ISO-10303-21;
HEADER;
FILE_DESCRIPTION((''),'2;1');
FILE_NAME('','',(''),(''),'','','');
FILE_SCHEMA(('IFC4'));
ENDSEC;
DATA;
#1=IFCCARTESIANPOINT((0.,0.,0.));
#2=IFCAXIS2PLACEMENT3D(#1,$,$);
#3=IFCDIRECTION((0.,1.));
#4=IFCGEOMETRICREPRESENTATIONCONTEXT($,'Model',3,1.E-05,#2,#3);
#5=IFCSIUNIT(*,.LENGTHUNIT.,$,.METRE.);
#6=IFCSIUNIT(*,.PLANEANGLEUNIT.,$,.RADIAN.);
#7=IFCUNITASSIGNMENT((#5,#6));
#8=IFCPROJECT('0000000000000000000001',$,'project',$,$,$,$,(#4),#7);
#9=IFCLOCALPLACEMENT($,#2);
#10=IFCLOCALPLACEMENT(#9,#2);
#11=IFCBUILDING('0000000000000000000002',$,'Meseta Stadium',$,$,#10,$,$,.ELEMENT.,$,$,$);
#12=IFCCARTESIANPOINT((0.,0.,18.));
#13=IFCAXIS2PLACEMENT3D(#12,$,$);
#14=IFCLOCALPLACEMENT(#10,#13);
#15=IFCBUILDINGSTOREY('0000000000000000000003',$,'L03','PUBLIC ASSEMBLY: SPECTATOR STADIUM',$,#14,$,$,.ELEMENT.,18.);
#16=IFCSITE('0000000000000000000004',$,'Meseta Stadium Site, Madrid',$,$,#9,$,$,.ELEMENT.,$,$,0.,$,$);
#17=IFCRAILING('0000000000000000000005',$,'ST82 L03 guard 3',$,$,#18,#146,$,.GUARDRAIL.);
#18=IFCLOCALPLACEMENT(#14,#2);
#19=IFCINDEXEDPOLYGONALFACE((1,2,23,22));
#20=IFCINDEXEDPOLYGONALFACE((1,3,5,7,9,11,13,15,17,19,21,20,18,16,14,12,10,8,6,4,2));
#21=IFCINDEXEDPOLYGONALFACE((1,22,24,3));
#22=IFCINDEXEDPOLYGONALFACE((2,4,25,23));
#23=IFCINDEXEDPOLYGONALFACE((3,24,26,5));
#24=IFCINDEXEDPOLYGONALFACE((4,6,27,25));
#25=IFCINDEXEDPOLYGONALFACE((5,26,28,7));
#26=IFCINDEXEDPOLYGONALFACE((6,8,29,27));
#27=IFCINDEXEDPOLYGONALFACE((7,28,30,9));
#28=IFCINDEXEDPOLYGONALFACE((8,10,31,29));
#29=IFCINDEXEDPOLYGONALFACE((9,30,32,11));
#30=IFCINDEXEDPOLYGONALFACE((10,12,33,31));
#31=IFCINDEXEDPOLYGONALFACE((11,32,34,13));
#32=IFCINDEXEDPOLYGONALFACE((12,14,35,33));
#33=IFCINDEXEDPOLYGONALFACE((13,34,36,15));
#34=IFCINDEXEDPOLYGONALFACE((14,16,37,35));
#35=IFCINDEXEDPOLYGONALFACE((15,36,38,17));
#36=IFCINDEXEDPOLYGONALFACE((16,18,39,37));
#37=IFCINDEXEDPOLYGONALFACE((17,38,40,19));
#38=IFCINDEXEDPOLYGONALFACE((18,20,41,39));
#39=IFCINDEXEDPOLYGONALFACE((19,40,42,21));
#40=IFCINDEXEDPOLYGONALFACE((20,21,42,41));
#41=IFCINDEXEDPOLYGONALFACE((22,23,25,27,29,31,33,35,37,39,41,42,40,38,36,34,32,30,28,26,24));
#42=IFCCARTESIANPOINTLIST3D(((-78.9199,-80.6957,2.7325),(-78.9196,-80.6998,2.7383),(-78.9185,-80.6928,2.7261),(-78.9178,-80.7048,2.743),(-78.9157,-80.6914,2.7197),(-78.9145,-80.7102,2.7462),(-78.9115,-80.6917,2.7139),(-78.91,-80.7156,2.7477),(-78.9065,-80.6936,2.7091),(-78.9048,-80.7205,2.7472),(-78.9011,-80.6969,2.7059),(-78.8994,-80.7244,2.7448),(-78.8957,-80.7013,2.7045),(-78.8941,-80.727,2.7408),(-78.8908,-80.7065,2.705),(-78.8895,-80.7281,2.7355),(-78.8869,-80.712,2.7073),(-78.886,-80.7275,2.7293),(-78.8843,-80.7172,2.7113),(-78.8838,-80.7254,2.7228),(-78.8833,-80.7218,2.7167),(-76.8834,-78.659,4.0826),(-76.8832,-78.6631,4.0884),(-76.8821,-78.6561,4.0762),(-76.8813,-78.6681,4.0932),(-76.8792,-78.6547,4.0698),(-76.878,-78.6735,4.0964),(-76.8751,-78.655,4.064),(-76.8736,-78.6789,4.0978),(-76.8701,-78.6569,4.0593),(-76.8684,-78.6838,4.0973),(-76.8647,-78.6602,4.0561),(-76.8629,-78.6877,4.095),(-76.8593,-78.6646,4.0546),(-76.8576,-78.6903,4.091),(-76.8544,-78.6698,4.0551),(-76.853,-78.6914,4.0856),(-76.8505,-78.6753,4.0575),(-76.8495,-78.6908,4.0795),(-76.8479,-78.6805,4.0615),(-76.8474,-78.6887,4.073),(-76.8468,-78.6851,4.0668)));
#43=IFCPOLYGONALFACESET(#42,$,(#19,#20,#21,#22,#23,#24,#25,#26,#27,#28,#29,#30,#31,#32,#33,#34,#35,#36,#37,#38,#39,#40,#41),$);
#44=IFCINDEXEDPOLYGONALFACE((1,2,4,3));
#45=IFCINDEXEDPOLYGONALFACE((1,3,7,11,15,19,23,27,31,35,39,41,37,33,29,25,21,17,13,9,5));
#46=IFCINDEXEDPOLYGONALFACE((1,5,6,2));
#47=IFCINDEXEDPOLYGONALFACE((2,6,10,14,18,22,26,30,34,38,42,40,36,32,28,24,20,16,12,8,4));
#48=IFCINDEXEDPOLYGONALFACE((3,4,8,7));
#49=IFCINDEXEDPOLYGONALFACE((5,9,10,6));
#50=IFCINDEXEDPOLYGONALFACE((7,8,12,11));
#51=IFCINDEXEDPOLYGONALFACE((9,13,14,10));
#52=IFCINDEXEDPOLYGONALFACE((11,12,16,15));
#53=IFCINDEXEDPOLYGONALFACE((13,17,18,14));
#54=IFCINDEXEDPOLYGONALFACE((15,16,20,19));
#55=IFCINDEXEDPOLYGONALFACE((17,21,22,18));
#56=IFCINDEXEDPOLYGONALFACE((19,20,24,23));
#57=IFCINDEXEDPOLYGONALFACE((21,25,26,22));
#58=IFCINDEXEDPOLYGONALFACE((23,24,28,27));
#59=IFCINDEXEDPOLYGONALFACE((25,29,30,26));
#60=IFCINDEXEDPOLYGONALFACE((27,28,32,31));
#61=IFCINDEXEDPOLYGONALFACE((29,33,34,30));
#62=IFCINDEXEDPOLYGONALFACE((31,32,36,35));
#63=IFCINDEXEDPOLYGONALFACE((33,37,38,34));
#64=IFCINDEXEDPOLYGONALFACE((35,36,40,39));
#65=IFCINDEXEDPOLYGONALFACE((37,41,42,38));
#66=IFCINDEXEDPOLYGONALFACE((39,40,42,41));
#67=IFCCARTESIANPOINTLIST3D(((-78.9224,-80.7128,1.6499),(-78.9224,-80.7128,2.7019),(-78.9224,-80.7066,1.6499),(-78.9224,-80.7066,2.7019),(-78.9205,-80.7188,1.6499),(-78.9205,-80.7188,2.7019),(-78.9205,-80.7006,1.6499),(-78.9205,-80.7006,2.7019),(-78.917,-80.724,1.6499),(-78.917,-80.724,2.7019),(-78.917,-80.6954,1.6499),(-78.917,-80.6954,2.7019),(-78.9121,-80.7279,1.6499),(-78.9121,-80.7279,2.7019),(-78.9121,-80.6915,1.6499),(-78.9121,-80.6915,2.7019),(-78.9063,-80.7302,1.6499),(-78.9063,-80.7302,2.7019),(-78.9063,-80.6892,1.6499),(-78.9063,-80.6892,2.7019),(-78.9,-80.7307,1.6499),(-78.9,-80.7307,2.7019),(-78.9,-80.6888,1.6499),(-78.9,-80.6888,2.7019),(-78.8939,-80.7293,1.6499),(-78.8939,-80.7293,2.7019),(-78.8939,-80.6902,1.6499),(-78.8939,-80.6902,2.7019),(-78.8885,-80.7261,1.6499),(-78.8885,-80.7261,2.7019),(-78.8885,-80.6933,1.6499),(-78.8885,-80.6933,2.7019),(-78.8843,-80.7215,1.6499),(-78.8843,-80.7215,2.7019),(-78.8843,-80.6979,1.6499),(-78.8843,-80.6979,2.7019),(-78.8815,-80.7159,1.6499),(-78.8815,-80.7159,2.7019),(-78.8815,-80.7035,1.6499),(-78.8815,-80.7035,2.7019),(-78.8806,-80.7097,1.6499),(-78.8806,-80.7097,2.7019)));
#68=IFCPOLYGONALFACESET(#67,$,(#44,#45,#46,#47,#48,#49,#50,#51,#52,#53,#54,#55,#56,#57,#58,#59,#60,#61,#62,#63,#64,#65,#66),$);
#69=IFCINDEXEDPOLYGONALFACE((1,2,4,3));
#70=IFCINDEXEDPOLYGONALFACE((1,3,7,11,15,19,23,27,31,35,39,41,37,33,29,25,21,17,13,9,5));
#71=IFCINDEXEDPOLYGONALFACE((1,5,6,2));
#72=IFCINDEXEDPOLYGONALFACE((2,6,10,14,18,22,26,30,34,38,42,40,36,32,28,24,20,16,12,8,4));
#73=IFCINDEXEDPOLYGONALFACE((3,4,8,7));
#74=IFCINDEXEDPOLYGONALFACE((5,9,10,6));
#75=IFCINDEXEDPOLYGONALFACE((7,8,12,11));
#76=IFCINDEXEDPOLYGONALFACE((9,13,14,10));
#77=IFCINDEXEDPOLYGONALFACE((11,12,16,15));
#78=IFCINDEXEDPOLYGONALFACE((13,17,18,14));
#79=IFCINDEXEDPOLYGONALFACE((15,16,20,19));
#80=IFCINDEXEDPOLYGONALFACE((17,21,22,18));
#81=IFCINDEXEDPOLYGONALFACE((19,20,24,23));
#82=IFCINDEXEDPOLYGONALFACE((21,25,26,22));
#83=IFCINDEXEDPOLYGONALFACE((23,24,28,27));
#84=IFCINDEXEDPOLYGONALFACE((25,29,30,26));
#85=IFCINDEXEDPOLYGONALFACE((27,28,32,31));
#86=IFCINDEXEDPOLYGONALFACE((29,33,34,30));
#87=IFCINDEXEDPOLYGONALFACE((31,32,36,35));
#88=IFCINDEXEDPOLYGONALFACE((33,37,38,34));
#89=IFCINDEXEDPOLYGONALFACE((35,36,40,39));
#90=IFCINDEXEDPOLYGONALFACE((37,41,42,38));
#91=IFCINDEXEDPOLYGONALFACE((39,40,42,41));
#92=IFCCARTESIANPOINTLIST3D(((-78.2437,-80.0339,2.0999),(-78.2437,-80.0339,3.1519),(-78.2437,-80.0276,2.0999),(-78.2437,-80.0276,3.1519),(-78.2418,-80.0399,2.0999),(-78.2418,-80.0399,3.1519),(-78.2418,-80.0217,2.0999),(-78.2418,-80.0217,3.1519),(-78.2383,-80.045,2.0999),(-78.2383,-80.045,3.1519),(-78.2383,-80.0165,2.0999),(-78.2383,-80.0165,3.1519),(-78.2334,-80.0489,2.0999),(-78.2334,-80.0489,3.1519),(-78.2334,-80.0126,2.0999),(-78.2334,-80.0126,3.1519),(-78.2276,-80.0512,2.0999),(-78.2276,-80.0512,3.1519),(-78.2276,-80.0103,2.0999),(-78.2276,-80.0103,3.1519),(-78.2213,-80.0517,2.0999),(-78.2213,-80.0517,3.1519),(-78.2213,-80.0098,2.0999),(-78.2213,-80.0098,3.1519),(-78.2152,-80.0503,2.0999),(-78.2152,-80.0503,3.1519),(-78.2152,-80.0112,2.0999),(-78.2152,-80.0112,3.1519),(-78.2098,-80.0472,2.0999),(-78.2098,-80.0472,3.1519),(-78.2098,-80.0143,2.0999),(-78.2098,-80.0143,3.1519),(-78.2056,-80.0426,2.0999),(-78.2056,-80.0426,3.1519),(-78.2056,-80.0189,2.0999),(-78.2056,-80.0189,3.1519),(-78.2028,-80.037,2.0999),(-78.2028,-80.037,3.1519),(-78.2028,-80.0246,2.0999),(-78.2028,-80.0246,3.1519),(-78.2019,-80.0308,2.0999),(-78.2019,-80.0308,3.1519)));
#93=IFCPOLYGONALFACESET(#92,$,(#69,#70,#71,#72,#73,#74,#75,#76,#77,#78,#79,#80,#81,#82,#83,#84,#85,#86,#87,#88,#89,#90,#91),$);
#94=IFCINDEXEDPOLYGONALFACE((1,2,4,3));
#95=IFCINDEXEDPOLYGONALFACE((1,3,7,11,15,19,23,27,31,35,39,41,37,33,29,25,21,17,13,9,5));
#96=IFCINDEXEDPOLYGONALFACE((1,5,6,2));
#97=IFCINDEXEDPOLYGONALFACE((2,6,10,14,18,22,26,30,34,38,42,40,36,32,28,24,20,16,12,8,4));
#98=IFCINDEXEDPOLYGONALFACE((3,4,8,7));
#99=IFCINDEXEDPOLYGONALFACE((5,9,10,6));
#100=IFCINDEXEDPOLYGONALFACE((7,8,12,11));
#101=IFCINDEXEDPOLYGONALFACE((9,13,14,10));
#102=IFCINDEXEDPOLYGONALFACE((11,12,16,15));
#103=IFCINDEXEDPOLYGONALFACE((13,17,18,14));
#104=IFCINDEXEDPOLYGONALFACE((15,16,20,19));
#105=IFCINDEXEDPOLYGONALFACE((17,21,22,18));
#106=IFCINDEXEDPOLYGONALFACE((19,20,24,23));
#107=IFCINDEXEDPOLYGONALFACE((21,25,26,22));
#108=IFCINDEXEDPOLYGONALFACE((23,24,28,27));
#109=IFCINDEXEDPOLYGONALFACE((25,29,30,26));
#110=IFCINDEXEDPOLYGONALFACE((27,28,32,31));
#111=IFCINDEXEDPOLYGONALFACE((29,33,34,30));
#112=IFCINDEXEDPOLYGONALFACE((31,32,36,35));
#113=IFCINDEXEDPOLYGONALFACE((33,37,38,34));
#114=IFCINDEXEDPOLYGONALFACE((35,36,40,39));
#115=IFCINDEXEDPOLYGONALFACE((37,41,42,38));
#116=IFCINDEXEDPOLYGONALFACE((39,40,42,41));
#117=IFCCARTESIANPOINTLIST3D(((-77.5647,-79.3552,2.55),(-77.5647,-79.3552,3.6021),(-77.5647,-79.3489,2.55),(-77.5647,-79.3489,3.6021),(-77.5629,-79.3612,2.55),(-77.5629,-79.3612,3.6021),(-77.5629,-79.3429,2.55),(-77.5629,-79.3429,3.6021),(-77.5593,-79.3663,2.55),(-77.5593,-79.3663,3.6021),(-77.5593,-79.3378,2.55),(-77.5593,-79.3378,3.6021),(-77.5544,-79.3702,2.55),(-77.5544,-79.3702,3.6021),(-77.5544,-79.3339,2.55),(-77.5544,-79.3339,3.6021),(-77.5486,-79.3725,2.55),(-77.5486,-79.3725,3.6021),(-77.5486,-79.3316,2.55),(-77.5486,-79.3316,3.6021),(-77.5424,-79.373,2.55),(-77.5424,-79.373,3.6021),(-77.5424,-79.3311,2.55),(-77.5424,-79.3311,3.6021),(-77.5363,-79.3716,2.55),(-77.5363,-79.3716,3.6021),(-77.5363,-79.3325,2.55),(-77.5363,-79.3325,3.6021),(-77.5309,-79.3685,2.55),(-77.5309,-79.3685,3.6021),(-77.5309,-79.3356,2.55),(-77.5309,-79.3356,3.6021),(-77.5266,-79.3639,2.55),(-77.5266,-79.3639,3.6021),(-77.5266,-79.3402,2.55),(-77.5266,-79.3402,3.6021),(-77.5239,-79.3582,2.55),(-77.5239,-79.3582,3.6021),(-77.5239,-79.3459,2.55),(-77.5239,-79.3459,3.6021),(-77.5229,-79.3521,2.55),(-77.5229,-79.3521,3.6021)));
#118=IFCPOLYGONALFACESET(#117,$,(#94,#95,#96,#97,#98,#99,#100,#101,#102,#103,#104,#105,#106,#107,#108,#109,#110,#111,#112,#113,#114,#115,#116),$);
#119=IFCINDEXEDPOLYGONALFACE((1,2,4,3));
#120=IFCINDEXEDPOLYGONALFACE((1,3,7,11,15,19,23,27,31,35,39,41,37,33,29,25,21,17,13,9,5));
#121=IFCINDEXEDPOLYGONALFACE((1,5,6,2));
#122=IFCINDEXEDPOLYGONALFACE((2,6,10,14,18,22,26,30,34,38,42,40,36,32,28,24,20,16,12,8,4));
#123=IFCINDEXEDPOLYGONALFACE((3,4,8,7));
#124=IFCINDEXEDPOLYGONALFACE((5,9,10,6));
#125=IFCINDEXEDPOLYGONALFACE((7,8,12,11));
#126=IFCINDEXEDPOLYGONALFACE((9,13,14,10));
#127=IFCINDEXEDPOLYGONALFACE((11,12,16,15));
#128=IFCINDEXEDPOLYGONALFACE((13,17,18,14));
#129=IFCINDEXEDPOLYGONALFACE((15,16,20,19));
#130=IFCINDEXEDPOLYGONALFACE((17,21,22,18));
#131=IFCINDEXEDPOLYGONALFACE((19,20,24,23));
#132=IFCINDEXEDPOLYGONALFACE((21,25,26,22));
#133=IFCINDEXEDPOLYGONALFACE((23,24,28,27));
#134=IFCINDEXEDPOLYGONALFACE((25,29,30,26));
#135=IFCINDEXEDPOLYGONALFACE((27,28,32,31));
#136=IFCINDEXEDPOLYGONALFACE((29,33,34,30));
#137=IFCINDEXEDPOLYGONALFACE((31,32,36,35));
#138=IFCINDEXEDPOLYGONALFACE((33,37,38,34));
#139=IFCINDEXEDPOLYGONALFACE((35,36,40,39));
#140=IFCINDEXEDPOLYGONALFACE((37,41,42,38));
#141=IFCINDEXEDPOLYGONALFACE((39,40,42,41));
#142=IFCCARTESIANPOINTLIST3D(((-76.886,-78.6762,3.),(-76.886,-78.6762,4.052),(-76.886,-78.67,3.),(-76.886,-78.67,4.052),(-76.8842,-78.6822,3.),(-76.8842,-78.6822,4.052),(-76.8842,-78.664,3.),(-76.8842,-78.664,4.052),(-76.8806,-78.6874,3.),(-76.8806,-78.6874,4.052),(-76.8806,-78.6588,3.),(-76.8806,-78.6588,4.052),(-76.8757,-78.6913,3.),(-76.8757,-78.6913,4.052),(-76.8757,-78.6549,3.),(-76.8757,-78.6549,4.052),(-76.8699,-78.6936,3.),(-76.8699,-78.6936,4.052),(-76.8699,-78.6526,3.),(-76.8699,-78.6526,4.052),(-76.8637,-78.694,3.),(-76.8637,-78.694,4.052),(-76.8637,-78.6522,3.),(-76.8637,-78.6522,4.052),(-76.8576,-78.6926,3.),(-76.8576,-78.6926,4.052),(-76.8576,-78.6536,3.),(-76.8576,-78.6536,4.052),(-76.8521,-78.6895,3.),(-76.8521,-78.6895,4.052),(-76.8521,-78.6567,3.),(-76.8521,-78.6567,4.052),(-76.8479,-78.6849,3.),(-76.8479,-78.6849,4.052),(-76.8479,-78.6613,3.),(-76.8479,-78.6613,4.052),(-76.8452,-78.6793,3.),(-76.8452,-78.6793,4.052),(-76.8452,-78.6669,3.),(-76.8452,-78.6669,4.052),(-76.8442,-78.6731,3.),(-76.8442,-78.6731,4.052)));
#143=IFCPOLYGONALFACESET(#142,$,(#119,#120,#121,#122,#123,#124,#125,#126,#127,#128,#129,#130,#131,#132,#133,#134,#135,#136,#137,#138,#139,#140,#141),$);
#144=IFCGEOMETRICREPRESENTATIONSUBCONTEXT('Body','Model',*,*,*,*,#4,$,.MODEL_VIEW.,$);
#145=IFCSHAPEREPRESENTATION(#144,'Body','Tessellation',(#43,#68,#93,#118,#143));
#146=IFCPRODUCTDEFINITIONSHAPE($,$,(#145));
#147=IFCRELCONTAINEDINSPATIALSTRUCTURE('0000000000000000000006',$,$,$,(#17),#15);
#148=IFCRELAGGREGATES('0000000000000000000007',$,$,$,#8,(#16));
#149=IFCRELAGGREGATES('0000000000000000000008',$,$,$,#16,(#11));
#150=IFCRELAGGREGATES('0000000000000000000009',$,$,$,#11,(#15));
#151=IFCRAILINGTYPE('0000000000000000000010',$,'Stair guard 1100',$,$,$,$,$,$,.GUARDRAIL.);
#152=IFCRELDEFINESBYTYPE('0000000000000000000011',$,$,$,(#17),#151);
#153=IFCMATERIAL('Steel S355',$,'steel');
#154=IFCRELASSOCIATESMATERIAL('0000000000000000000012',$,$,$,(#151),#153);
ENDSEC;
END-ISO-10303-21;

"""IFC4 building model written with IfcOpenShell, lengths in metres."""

from ifc_helpers import new_model, si_unit, direction, frame, origin, origin_2d, place, context, subcontext, project, spatial, circle, extrude, material, type_object, element, save


model = new_model("IFC4")

# Units and contexts
model_context = context("Model", 3, precision=1e-05, world=origin(), true_north=direction((0.0, 1.0)))
body_context = subcontext(model_context, "Body", "Model", "MODEL_VIEW")
ifc_project = project(units=[si_unit("LENGTHUNIT", "METRE"), si_unit("PLANEANGLEUNIT", "RADIAN")], contexts=[model_context])

# Site, building, storey
site_placement = place(None, origin())
site = spatial("IfcSite", under=ifc_project, at=site_placement, Name="Meseta Stadium Site, Madrid", CompositionType="ELEMENT", RefElevation=0.0)
building_placement = place(site_placement, origin())
building = spatial("IfcBuilding", under=site, at=building_placement, Name="Meseta Stadium", CompositionType="ELEMENT")
storey_placement = place(building_placement, frame((0.0, 0.0, 18.0)))
storey = spatial("IfcBuildingStorey", under=building, at=storey_placement, Name="L03", Description="PUBLIC ASSEMBLY: SPECTATOR STADIUM", CompositionType="ELEMENT", Elevation=18.0)

# Railing
ifc_material_1 = material(Name="Steel S355", Category="steel")
railing_type_1 = type_object("IfcRailingType", Name="Stair guard 1100", PredefinedType="GUARDRAIL", material=ifc_material_1)
railing_1_placement = place(storey_placement, frame((-78.9016, -80.7097, 1.6499)))
element("IfcRailing", 1, at=railing_1_placement, inside=storey, type_object=railing_type_1, Name="ST82 L03 guard 3", PredefinedType="GUARDRAIL", context=body_context, shape_type="SweptSolid", body=[
    extrude(circle(Radius=0.0239, at=origin_2d()), frame((0.0, 0.0, 1.0762), z_axis=(0.640211, 0.640288, 0.424454), x_axis=(-0.707149, 0.707064, 0.0)), (0.0, 0.0, 1.0), 3.1809),
    extrude(circle(Radius=0.021, at=origin_2d()), origin(), (0.0, 0.0, 1.0), 1.052),
    extrude(circle(Radius=0.021, at=origin_2d()), frame((0.6787, 0.679, 0.45)), (0.0, 0.0, 1.0), 1.052),
    extrude(circle(Radius=0.021, at=origin_2d()), frame((1.3577, 1.3577, 0.9001)), (0.0, 0.0, 1.0), 1.052),
    extrude(circle(Radius=0.021, at=origin_2d()), frame((2.0364, 2.0366, 1.3501)), (0.0, 0.0, 1.0), 1.052),
])

save(model, "model.ifc")
